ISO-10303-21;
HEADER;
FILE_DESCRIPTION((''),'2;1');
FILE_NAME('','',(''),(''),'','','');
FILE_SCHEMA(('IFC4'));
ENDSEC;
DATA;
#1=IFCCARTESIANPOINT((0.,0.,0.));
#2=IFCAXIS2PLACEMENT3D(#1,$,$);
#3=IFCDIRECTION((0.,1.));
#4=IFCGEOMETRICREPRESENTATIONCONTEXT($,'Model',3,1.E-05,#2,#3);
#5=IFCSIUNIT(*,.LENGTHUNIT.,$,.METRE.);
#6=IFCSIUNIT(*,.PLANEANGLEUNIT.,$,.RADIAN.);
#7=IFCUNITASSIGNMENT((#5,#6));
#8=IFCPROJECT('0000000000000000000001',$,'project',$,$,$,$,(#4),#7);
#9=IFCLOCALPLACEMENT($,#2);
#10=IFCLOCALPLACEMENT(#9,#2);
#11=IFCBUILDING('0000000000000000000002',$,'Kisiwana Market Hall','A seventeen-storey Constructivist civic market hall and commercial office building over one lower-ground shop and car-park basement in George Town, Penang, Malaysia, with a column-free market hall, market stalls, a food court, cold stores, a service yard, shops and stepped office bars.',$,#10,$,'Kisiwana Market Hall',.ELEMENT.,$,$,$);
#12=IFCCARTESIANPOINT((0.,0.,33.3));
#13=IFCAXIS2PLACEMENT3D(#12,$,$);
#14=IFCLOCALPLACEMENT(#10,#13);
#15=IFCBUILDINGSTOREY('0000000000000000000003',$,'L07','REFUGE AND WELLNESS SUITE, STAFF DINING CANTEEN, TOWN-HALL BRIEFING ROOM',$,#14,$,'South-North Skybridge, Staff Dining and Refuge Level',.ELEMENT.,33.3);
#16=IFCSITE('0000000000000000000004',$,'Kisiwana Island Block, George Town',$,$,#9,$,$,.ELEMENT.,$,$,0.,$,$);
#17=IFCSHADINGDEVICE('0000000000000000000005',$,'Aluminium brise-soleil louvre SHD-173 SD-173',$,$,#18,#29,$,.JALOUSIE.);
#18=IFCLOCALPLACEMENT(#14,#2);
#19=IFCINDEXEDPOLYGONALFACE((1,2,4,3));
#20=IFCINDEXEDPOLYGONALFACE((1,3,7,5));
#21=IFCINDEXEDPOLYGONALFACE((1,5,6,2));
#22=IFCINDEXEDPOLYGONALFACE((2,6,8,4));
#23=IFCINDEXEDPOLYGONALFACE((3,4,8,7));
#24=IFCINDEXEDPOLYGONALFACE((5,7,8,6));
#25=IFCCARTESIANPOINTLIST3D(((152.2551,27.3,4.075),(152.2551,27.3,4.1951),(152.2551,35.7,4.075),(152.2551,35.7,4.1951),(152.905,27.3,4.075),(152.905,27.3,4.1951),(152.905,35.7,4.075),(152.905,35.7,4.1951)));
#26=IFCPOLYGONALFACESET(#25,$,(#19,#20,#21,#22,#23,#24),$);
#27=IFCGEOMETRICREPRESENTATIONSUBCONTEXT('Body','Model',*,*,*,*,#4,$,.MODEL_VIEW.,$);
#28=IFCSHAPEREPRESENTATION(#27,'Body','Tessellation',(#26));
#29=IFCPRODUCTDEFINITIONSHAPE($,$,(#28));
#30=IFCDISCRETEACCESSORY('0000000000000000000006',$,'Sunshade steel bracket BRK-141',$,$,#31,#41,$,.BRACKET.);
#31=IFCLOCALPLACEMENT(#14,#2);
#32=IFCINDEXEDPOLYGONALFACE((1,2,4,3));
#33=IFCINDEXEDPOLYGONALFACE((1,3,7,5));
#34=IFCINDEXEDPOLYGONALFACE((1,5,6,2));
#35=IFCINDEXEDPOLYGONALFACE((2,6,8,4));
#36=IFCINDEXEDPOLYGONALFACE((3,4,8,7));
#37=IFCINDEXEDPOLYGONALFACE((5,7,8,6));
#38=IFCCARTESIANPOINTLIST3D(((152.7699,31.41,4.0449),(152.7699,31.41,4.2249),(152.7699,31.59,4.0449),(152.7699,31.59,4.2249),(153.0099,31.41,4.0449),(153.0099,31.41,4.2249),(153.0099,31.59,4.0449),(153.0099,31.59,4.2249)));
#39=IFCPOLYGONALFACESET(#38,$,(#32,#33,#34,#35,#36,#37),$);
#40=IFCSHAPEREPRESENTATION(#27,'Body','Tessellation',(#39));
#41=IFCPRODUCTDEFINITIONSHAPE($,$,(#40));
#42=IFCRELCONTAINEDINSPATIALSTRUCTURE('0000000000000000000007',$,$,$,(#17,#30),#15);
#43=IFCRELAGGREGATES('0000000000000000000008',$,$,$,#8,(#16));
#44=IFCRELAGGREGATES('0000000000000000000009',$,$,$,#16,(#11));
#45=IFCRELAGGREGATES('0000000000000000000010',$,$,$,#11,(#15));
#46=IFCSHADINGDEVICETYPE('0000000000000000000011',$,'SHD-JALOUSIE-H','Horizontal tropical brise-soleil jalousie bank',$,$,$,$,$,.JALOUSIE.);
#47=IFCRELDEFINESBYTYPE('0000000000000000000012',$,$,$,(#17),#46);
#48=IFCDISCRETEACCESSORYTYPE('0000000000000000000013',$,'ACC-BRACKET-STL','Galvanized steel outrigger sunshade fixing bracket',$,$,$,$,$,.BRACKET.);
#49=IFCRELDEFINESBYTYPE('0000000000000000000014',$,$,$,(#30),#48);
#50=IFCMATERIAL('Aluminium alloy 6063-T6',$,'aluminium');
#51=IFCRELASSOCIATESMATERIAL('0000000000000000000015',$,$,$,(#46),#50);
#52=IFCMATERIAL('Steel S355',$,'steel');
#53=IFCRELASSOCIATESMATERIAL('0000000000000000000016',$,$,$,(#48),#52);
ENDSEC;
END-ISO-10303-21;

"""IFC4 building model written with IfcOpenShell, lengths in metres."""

from ifc_helpers import new_model, si_unit, direction, frame, origin, origin_2d, place, context, subcontext, project, spatial, rectangle, extrude, material, type_object, element, save


model = new_model("IFC4")

# Units and contexts
model_context = context("Model", 3, precision=1e-05, world=origin(), true_north=direction((0.0, 1.0)))
body_context = subcontext(model_context, "Body", "Model", "MODEL_VIEW")
ifc_project = project(units=[si_unit("LENGTHUNIT", "METRE"), si_unit("PLANEANGLEUNIT", "RADIAN")], contexts=[model_context])

# Site, building, storey
site_placement = place(None, origin())
site = spatial("IfcSite", under=ifc_project, at=site_placement, Name="Kisiwana Island Block, George Town", CompositionType="ELEMENT", RefElevation=0.0)
building_placement = place(site_placement, origin())
building = spatial("IfcBuilding", under=site, at=building_placement, Name="Kisiwana Market Hall", Description="A seventeen-storey Constructivist civic market hall and commercial office building over one lower-ground shop and car-park basement in George Town, Penang, Malaysia, with a column-free market hall, market stalls, a food court, cold stores, a service yard, shops and stepped office bars.", LongName="Kisiwana Market Hall", CompositionType="ELEMENT")
storey_placement = place(building_placement, frame((0.0, 0.0, 33.3)))
storey = spatial("IfcBuildingStorey", under=building, at=storey_placement, Name="L07", Description="REFUGE AND WELLNESS SUITE, STAFF DINING CANTEEN, TOWN-HALL BRIEFING ROOM", LongName="South-North Skybridge, Staff Dining and Refuge Level", CompositionType="ELEMENT", Elevation=33.3)

# Shading device
ifc_material_1 = material(Name="Aluminium alloy 6063-T6", Category="aluminium")
shading_device_type = type_object("IfcShadingDeviceType", Name="SHD-JALOUSIE-H", Description="Horizontal tropical brise-soleil jalousie bank", PredefinedType="JALOUSIE", material=ifc_material_1)
shading_device_placement = place(storey_placement, frame((152.5801, 31.5, 4.075), z_axis=(0.0, 0.0, 1.0), x_axis=(0.0, 1.0, 0.0)))
element("IfcShadingDevice", 1, at=shading_device_placement, inside=storey, type_object=shading_device_type, Name="Aluminium brise-soleil louvre SHD-173 SD-173", PredefinedType="JALOUSIE", context=body_context, shape_type="SweptSolid", body=[
    extrude(rectangle(XDim=8.3999, YDim=0.6499, at=origin_2d()), origin(), (0.0, 0.0, 1.0), 0.1201),
])

# Discrete accessory
ifc_material_2 = material(Name="Steel S355", Category="steel")
discrete_accessory_type = type_object("IfcDiscreteAccessoryType", Name="ACC-BRACKET-STL", Description="Galvanized steel outrigger sunshade fixing bracket", PredefinedType="BRACKET", material=ifc_material_2)
discrete_accessory_placement = place(storey_placement, frame((152.8899, 31.5, 4.0449), z_axis=(0.0, 0.0, 1.0), x_axis=(0.0, 1.0, 0.0)))
element("IfcDiscreteAccessory", 2, at=discrete_accessory_placement, inside=storey, type_object=discrete_accessory_type, Name="Sunshade steel bracket BRK-141", PredefinedType="BRACKET", context=body_context, shape_type="SweptSolid", body=[
    extrude(rectangle(XDim=0.1799, YDim=0.24, at=origin_2d()), origin(), (0.0, 0.0, 1.0), 0.1799),
])

save(model, "model.ifc")
